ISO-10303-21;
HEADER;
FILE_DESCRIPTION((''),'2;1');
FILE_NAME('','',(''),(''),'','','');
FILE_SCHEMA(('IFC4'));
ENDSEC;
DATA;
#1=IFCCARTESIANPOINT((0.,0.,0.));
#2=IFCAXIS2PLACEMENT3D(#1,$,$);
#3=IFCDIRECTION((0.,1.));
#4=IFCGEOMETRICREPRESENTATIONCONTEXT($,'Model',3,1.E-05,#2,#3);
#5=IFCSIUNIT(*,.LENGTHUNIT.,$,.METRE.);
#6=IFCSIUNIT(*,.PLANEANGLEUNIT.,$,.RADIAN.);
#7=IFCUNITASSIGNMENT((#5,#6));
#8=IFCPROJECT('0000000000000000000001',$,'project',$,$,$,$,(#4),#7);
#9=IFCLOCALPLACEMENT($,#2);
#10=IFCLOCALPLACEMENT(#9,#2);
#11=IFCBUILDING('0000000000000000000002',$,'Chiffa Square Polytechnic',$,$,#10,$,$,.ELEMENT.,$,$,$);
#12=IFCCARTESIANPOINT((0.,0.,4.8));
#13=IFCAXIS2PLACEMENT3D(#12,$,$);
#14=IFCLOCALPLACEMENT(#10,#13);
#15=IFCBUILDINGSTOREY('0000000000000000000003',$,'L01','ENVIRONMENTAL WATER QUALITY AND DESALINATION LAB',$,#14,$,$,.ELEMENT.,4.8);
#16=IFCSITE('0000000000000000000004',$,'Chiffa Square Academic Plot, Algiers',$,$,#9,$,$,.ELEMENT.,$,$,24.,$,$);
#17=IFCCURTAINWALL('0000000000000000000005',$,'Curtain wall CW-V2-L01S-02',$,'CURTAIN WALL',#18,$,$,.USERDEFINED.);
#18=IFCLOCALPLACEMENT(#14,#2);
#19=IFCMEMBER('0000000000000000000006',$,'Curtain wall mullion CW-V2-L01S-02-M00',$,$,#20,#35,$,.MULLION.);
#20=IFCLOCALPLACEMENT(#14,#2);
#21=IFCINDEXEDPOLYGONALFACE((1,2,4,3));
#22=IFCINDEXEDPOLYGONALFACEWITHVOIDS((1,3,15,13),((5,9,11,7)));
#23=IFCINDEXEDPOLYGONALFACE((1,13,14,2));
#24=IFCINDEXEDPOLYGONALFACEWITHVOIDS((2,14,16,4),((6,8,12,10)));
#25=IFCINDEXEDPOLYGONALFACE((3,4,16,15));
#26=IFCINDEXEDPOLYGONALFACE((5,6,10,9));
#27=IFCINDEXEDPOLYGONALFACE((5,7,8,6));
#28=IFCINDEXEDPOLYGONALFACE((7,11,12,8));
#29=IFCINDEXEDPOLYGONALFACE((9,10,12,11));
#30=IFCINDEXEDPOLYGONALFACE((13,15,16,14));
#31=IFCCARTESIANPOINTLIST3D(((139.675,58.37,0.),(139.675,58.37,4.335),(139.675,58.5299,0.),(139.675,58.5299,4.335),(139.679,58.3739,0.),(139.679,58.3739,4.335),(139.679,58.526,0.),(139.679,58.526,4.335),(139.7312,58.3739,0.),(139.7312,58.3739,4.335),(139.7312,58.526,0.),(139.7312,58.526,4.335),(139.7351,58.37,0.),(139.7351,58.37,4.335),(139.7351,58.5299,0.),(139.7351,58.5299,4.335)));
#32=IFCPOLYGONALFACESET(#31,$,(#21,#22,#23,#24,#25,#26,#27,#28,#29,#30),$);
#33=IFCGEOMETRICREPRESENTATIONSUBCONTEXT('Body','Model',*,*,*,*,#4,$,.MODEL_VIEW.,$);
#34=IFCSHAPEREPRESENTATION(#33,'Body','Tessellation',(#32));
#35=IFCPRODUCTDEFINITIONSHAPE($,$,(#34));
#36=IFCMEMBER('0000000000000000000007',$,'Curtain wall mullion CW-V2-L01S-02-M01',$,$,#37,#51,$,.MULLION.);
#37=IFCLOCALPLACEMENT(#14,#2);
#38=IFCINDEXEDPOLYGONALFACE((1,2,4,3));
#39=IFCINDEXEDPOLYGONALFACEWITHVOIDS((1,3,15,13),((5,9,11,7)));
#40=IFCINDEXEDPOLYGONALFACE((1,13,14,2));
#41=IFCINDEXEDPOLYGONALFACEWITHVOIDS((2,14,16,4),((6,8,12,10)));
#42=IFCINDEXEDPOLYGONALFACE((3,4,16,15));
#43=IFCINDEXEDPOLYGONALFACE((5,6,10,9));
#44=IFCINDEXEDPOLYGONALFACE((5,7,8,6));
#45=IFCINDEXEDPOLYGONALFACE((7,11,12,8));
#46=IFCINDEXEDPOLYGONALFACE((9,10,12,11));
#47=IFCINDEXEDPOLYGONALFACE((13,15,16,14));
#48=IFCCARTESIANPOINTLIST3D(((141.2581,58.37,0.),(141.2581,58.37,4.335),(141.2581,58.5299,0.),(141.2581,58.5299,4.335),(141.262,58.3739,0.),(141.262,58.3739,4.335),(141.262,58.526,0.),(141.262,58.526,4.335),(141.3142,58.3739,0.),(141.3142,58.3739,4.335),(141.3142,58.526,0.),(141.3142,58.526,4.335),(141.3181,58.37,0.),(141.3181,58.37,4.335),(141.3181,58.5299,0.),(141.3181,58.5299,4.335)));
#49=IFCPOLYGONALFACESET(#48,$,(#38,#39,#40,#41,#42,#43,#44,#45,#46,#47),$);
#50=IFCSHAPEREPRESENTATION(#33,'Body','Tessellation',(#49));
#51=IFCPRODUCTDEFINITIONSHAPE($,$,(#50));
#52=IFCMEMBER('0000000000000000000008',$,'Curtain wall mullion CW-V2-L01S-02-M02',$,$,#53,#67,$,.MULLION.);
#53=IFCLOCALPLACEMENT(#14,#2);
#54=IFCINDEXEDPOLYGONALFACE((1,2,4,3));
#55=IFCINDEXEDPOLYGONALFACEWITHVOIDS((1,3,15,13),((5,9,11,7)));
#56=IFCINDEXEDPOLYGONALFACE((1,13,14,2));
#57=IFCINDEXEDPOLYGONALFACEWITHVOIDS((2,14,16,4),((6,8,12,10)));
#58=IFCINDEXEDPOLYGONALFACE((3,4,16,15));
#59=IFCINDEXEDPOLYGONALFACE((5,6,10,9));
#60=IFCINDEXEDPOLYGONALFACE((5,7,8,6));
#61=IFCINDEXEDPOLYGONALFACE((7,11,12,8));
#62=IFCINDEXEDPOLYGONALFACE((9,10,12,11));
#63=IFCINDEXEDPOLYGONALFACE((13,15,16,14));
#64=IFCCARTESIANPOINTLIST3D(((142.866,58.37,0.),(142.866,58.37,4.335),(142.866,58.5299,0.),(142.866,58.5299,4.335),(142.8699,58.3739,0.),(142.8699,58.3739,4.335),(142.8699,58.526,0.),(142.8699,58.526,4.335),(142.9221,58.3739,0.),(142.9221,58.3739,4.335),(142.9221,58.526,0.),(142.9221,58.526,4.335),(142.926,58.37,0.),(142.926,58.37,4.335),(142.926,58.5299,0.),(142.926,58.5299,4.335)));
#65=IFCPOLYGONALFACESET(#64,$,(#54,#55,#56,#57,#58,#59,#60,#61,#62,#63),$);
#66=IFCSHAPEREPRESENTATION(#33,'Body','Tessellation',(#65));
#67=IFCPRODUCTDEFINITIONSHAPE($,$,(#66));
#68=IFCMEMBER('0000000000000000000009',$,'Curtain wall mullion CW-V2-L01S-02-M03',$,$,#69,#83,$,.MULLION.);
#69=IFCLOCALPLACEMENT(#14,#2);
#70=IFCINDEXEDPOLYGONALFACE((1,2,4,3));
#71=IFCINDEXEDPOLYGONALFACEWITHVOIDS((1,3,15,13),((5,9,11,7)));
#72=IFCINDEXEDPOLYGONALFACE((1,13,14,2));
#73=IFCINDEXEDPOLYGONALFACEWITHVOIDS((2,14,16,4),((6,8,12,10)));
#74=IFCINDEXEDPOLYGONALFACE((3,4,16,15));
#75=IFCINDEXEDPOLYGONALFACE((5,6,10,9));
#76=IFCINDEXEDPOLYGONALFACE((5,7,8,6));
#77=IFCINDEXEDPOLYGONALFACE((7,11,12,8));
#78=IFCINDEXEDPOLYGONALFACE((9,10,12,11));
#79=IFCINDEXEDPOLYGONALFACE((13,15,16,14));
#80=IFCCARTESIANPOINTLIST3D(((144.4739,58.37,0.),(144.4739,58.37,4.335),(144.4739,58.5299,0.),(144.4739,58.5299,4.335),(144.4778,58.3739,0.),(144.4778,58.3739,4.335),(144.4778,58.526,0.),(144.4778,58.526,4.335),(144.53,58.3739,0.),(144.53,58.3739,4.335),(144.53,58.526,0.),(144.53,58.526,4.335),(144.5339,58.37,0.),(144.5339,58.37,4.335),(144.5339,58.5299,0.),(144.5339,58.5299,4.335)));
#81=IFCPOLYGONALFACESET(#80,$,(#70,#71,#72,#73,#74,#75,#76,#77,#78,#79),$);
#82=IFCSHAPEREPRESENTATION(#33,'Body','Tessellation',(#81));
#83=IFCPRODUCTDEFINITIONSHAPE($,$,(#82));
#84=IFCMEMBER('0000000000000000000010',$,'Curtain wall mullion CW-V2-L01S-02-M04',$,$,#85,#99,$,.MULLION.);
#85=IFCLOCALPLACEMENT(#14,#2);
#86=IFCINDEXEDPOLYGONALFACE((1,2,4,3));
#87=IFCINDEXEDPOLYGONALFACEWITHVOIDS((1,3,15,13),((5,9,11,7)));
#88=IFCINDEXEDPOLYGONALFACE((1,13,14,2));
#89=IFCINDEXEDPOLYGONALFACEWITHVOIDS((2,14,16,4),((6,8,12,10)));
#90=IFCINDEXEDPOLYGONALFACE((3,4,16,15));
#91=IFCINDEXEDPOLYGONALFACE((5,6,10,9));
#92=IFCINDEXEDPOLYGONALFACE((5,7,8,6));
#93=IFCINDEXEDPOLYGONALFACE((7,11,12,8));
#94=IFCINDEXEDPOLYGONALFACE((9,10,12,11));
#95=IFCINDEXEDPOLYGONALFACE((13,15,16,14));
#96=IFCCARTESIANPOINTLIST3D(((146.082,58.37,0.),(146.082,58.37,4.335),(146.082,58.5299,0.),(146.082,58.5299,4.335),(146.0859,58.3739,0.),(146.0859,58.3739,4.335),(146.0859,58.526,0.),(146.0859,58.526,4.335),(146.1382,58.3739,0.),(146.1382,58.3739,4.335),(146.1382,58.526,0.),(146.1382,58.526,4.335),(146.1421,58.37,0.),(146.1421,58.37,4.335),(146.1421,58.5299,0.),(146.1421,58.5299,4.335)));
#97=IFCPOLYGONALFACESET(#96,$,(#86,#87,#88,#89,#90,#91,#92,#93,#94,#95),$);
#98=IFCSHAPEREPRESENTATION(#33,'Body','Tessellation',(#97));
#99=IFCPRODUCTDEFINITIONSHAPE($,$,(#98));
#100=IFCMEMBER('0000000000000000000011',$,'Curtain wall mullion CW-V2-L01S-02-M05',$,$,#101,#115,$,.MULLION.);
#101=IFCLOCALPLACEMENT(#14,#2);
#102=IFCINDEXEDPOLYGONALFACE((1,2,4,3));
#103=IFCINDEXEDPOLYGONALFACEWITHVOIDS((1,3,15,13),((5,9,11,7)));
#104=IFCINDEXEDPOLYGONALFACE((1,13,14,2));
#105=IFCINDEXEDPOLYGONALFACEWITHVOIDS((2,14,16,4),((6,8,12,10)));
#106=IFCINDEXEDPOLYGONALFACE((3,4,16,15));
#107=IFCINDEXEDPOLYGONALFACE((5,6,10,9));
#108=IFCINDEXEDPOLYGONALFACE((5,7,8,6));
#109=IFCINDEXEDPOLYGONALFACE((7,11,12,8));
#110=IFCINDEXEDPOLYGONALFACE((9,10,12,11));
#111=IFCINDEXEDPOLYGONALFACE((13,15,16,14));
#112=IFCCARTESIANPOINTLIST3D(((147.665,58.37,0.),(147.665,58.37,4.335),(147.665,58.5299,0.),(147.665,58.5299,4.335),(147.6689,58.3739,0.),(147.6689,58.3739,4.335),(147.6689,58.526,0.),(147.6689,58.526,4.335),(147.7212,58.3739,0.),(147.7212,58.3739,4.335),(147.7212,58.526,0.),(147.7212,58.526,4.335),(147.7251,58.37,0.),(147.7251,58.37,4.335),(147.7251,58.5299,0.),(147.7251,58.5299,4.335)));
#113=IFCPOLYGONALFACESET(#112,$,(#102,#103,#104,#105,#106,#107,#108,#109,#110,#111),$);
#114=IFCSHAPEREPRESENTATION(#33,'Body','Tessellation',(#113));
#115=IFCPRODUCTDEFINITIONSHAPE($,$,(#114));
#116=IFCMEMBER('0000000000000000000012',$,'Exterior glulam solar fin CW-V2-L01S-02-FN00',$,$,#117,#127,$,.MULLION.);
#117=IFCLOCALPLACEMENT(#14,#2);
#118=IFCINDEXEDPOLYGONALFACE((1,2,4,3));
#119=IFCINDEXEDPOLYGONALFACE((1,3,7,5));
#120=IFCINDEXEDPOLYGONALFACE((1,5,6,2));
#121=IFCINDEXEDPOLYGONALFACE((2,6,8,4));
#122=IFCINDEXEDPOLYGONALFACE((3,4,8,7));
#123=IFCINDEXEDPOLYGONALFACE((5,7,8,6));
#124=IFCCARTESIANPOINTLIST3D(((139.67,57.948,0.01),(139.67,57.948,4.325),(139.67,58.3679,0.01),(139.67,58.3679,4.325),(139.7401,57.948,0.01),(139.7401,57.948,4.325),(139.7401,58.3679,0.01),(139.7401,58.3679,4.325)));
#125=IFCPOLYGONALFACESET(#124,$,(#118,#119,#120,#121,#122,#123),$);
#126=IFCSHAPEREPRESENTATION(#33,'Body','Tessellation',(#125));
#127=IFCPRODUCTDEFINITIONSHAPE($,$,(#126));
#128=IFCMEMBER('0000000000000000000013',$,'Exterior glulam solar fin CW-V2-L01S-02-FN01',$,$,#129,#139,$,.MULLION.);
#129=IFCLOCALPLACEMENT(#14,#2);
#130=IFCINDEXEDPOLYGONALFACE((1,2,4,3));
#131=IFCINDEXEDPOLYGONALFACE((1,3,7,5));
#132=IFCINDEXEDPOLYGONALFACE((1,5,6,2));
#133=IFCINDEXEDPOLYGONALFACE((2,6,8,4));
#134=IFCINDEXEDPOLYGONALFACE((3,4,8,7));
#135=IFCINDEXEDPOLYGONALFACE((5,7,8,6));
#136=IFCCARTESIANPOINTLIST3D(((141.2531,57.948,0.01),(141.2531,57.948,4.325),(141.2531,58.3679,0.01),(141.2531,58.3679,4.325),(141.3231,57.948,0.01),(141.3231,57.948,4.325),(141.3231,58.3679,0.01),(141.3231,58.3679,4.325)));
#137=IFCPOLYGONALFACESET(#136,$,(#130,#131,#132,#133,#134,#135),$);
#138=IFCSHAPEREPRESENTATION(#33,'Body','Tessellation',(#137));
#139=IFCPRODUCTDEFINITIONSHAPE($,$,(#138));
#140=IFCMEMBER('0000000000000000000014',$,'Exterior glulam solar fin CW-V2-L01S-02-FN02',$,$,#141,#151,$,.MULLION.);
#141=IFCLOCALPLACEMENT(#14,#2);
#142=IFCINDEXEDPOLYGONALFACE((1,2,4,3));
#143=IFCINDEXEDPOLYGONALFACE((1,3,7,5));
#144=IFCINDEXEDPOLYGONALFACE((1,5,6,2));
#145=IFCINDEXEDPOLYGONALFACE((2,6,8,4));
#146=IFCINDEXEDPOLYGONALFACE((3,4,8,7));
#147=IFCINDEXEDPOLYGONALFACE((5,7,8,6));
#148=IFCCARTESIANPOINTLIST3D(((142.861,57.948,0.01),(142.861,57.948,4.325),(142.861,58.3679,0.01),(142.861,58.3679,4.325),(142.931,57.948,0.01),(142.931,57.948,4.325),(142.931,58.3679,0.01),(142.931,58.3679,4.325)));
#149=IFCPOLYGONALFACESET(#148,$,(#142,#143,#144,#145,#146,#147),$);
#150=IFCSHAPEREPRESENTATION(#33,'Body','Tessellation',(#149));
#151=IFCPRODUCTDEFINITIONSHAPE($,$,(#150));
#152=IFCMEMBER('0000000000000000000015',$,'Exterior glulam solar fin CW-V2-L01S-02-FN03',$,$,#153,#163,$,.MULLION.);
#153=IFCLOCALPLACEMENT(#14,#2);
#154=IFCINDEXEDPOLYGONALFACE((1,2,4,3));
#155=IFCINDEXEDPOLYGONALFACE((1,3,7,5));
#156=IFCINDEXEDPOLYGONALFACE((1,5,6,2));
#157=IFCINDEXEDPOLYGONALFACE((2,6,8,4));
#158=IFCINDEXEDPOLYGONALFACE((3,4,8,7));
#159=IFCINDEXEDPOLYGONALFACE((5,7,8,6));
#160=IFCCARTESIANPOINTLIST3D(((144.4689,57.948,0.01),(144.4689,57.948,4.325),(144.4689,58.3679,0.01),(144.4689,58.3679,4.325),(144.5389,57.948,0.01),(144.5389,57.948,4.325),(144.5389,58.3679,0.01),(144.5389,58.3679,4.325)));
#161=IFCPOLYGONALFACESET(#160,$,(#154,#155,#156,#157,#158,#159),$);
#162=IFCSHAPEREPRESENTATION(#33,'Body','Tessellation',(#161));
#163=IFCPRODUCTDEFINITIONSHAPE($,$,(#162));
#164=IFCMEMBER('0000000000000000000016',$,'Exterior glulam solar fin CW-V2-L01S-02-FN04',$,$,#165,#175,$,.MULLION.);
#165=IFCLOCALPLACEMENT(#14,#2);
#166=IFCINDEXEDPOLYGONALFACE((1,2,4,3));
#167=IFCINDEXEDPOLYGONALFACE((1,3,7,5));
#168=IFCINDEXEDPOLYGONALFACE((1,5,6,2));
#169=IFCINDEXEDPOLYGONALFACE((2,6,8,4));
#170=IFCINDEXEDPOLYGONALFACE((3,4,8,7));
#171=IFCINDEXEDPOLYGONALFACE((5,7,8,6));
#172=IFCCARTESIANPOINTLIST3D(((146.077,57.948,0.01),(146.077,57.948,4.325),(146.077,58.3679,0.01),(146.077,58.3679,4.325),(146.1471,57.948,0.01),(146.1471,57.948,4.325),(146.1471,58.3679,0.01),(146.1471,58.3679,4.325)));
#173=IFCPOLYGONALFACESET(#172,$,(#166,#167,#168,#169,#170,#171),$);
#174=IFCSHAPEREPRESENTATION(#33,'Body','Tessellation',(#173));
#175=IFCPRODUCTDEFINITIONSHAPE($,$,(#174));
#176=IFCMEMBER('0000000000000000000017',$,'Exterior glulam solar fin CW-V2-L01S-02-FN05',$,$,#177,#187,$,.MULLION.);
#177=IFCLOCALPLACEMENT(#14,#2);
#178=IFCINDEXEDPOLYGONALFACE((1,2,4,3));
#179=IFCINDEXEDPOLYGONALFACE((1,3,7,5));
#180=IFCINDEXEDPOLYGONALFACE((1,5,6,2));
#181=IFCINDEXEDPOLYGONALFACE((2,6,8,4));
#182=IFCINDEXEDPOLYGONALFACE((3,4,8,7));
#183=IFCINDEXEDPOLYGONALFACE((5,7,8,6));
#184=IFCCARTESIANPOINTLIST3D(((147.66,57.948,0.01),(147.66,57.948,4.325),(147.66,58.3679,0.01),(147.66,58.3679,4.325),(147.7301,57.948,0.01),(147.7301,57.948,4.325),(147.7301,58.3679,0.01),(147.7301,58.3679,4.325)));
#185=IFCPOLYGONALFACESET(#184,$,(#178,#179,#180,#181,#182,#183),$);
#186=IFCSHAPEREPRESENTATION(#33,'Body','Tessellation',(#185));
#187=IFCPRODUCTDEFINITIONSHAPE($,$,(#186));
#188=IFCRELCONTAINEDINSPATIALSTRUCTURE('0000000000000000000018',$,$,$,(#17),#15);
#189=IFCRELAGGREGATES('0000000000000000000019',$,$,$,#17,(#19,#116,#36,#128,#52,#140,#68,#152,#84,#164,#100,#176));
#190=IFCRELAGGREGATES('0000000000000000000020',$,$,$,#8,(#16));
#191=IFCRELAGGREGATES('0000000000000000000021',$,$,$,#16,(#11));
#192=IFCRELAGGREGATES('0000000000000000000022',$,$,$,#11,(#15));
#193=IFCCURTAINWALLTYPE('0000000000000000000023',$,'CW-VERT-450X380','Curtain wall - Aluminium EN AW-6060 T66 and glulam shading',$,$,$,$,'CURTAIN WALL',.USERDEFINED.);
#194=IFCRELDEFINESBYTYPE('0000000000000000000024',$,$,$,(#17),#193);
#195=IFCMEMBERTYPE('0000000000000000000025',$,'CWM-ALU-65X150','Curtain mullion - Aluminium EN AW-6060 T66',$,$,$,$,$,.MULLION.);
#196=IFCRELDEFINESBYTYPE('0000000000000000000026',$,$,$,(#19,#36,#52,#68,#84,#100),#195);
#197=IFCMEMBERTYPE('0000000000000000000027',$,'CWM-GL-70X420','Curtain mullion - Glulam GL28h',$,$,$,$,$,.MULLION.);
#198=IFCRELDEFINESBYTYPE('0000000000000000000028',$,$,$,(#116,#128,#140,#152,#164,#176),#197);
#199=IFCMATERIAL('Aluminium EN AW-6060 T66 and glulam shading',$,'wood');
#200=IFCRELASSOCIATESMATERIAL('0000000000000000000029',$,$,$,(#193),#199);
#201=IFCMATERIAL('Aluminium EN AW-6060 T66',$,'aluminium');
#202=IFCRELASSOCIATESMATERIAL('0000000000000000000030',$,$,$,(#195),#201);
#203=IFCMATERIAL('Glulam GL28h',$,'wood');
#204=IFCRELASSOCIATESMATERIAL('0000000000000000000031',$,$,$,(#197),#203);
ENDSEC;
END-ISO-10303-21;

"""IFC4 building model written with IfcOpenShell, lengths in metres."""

from ifc_helpers import new_model, si_unit, direction, frame, origin, origin_2d, place, context, subcontext, project, spatial, rectangle, hollow_rectangle, extrude, material, material_profile, profile_set, type_object, element, aggregate, save


model = new_model("IFC4")

# Units and contexts
model_context = context("Model", 3, precision=1e-05, world=origin(), true_north=direction((0.0, 1.0)))
body_context = subcontext(model_context, "Body", "Model", "MODEL_VIEW")
ifc_project = project(units=[si_unit("LENGTHUNIT", "METRE"), si_unit("PLANEANGLEUNIT", "RADIAN")], contexts=[model_context])

# Site, building, storey
site_placement = place(None, origin())
site = spatial("IfcSite", under=ifc_project, at=site_placement, Name="Chiffa Square Academic Plot, Algiers", CompositionType="ELEMENT", RefElevation=24.0)
building_placement = place(site_placement, origin())
building = spatial("IfcBuilding", under=site, at=building_placement, Name="Chiffa Square Polytechnic", CompositionType="ELEMENT")
storey_placement = place(building_placement, frame((0.0, 0.0, 4.8)))
storey = spatial("IfcBuildingStorey", under=building, at=storey_placement, Name="L01", Description="ENVIRONMENTAL WATER QUALITY AND DESALINATION LAB", CompositionType="ELEMENT", Elevation=4.8)

# Curtain wall, members
ifc_material_1 = material(Name="Aluminium EN AW-6060 T66 and glulam shading", Category="wood")
curtain_wall_type = type_object("IfcCurtainWallType", Name="CW-VERT-450X380", Description="Curtain wall - Aluminium EN AW-6060 T66 and glulam shading", ElementType="CURTAIN WALL", PredefinedType="USERDEFINED", material=ifc_material_1)
curtain_wall_placement = place(storey_placement, origin())
curtain_wall = element("IfcCurtainWall", 1, at=curtain_wall_placement, inside=storey, type_object=curtain_wall_type, Name="Curtain wall CW-V2-L01S-02", ObjectType="CURTAIN WALL", PredefinedType="USERDEFINED")
ifc_material_2 = material(Name="Aluminium EN AW-6060 T66", Category="aluminium")
ifc_material_profile_1 = material_profile(ifc_material_2, hollow_rectangle(XDim=0.0601, YDim=0.1599, WallThickness=0.0039, at=origin_2d()), Name="ALU 60x160x4")
ifc_profile_set_1 = profile_set([ifc_material_profile_1], Name="Aluminium EN AW-6060 T66")
member_type_1 = type_object("IfcMemberType", Name="CWM-ALU-65X150", Description="Curtain mullion - Aluminium EN AW-6060 T66", PredefinedType="MULLION", material=ifc_profile_set_1)
member_1_placement = place(storey_placement, frame((139.7051, 58.45, 0.0), z_axis=(0.0, 0.0, 1.0), x_axis=(1.0, 0.0, 0.0)))
member_1 = element("IfcMember", 2, at=member_1_placement, type_object=member_type_1, Name="Curtain wall mullion CW-V2-L01S-02-M00", PredefinedType="MULLION", context=body_context, shape_type="SweptSolid", body=[
    extrude(hollow_rectangle(XDim=0.0601, YDim=0.1599, WallThickness=0.0039, at=origin_2d()), origin(), (0.0, 0.0, 1.0), 4.335),
])
member_2_placement = place(storey_placement, frame((141.2881, 58.45, 0.0), z_axis=(0.0, 0.0, 1.0), x_axis=(1.0, 0.0, 0.0)))
member_2 = element("IfcMember", 3, at=member_2_placement, type_object=member_type_1, Name="Curtain wall mullion CW-V2-L01S-02-M01", PredefinedType="MULLION", context=body_context, shape_type="SweptSolid", body=[
    extrude(hollow_rectangle(XDim=0.0601, YDim=0.1599, WallThickness=0.0039, at=origin_2d()), origin(), (0.0, 0.0, 1.0), 4.335),
])
member_3_placement = place(storey_placement, frame((142.896, 58.45, 0.0), z_axis=(0.0, 0.0, 1.0), x_axis=(1.0, 0.0, 0.0)))
member_3 = element("IfcMember", 4, at=member_3_placement, type_object=member_type_1, Name="Curtain wall mullion CW-V2-L01S-02-M02", PredefinedType="MULLION", context=body_context, shape_type="SweptSolid", body=[
    extrude(hollow_rectangle(XDim=0.0601, YDim=0.1599, WallThickness=0.0039, at=origin_2d()), origin(), (0.0, 0.0, 1.0), 4.335),
])
member_4_placement = place(storey_placement, frame((144.5039, 58.45, 0.0), z_axis=(0.0, 0.0, 1.0), x_axis=(1.0, 0.0, 0.0)))
member_4 = element("IfcMember", 5, at=member_4_placement, type_object=member_type_1, Name="Curtain wall mullion CW-V2-L01S-02-M03", PredefinedType="MULLION", context=body_context, shape_type="SweptSolid", body=[
    extrude(hollow_rectangle(XDim=0.0601, YDim=0.1599, WallThickness=0.0039, at=origin_2d()), origin(), (0.0, 0.0, 1.0), 4.335),
])
member_5_placement = place(storey_placement, frame((146.1121, 58.45, 0.0), z_axis=(0.0, 0.0, 1.0), x_axis=(1.0, 0.0, 0.0)))
member_5 = element("IfcMember", 6, at=member_5_placement, type_object=member_type_1, Name="Curtain wall mullion CW-V2-L01S-02-M04", PredefinedType="MULLION", context=body_context, shape_type="SweptSolid", body=[
    extrude(hollow_rectangle(XDim=0.0601, YDim=0.1599, WallThickness=0.0039, at=origin_2d()), origin(), (0.0, 0.0, 1.0), 4.335),
])
member_6_placement = place(storey_placement, frame((147.6951, 58.45, 0.0), z_axis=(0.0, 0.0, 1.0), x_axis=(1.0, 0.0, 0.0)))
member_6 = element("IfcMember", 7, at=member_6_placement, type_object=member_type_1, Name="Curtain wall mullion CW-V2-L01S-02-M05", PredefinedType="MULLION", context=body_context, shape_type="SweptSolid", body=[
    extrude(hollow_rectangle(XDim=0.0601, YDim=0.1599, WallThickness=0.0039, at=origin_2d()), origin(), (0.0, 0.0, 1.0), 4.335),
])
ifc_material_3 = material(Name="Glulam GL28h", Category="wood")
ifc_material_profile_2 = material_profile(ifc_material_3, rectangle(XDim=0.0701, YDim=0.4199, at=origin_2d()), Name="GL28h 70x420")
ifc_profile_set_2 = profile_set([ifc_material_profile_2], Name="Glulam GL28h")
member_type_2 = type_object("IfcMemberType", Name="CWM-GL-70X420", Description="Curtain mullion - Glulam GL28h", PredefinedType="MULLION", material=ifc_profile_set_2)
member_7_placement = place(storey_placement, frame((139.7051, 58.158, 0.01), z_axis=(0.0, 0.0, 1.0), x_axis=(1.0, 0.0, 0.0)))
member_7 = element("IfcMember", 8, at=member_7_placement, type_object=member_type_2, Name="Exterior glulam solar fin CW-V2-L01S-02-FN00", PredefinedType="MULLION", context=body_context, shape_type="SweptSolid", body=[
    extrude(rectangle(XDim=0.0701, YDim=0.4199, at=origin_2d()), origin(), (0.0, 0.0, 1.0), 4.3149),
])
member_8_placement = place(storey_placement, frame((141.2881, 58.158, 0.01), z_axis=(0.0, 0.0, 1.0), x_axis=(1.0, 0.0, 0.0)))
member_8 = element("IfcMember", 9, at=member_8_placement, type_object=member_type_2, Name="Exterior glulam solar fin CW-V2-L01S-02-FN01", PredefinedType="MULLION", context=body_context, shape_type="SweptSolid", body=[
    extrude(rectangle(XDim=0.0701, YDim=0.4199, at=origin_2d()), origin(), (0.0, 0.0, 1.0), 4.3149),
])
member_9_placement = place(storey_placement, frame((142.896, 58.158, 0.01), z_axis=(0.0, 0.0, 1.0), x_axis=(1.0, 0.0, 0.0)))
member_9 = element("IfcMember", 10, at=member_9_placement, type_object=member_type_2, Name="Exterior glulam solar fin CW-V2-L01S-02-FN02", PredefinedType="MULLION", context=body_context, shape_type="SweptSolid", body=[
    extrude(rectangle(XDim=0.0701, YDim=0.4199, at=origin_2d()), origin(), (0.0, 0.0, 1.0), 4.3149),
])
member_10_placement = place(storey_placement, frame((144.5039, 58.158, 0.01), z_axis=(0.0, 0.0, 1.0), x_axis=(1.0, 0.0, 0.0)))
member_10 = element("IfcMember", 11, at=member_10_placement, type_object=member_type_2, Name="Exterior glulam solar fin CW-V2-L01S-02-FN03", PredefinedType="MULLION", context=body_context, shape_type="SweptSolid", body=[
    extrude(rectangle(XDim=0.0701, YDim=0.4199, at=origin_2d()), origin(), (0.0, 0.0, 1.0), 4.3149),
])
member_11_placement = place(storey_placement, frame((146.1121, 58.158, 0.01), z_axis=(0.0, 0.0, 1.0), x_axis=(1.0, 0.0, 0.0)))
member_11 = element("IfcMember", 12, at=member_11_placement, type_object=member_type_2, Name="Exterior glulam solar fin CW-V2-L01S-02-FN04", PredefinedType="MULLION", context=body_context, shape_type="SweptSolid", body=[
    extrude(rectangle(XDim=0.0701, YDim=0.4199, at=origin_2d()), origin(), (0.0, 0.0, 1.0), 4.3149),
])
member_12_placement = place(storey_placement, frame((147.6951, 58.158, 0.01), z_axis=(0.0, 0.0, 1.0), x_axis=(1.0, 0.0, 0.0)))
member_12 = element("IfcMember", 13, at=member_12_placement, type_object=member_type_2, Name="Exterior glulam solar fin CW-V2-L01S-02-FN05", PredefinedType="MULLION", context=body_context, shape_type="SweptSolid", body=[
    extrude(rectangle(XDim=0.0701, YDim=0.4199, at=origin_2d()), origin(), (0.0, 0.0, 1.0), 4.3149),
])
aggregate(curtain_wall, [member_1, member_7, member_2, member_8, member_3, member_9, member_4, member_10, member_5, member_11, member_6, member_12])

save(model, "model.ifc")
